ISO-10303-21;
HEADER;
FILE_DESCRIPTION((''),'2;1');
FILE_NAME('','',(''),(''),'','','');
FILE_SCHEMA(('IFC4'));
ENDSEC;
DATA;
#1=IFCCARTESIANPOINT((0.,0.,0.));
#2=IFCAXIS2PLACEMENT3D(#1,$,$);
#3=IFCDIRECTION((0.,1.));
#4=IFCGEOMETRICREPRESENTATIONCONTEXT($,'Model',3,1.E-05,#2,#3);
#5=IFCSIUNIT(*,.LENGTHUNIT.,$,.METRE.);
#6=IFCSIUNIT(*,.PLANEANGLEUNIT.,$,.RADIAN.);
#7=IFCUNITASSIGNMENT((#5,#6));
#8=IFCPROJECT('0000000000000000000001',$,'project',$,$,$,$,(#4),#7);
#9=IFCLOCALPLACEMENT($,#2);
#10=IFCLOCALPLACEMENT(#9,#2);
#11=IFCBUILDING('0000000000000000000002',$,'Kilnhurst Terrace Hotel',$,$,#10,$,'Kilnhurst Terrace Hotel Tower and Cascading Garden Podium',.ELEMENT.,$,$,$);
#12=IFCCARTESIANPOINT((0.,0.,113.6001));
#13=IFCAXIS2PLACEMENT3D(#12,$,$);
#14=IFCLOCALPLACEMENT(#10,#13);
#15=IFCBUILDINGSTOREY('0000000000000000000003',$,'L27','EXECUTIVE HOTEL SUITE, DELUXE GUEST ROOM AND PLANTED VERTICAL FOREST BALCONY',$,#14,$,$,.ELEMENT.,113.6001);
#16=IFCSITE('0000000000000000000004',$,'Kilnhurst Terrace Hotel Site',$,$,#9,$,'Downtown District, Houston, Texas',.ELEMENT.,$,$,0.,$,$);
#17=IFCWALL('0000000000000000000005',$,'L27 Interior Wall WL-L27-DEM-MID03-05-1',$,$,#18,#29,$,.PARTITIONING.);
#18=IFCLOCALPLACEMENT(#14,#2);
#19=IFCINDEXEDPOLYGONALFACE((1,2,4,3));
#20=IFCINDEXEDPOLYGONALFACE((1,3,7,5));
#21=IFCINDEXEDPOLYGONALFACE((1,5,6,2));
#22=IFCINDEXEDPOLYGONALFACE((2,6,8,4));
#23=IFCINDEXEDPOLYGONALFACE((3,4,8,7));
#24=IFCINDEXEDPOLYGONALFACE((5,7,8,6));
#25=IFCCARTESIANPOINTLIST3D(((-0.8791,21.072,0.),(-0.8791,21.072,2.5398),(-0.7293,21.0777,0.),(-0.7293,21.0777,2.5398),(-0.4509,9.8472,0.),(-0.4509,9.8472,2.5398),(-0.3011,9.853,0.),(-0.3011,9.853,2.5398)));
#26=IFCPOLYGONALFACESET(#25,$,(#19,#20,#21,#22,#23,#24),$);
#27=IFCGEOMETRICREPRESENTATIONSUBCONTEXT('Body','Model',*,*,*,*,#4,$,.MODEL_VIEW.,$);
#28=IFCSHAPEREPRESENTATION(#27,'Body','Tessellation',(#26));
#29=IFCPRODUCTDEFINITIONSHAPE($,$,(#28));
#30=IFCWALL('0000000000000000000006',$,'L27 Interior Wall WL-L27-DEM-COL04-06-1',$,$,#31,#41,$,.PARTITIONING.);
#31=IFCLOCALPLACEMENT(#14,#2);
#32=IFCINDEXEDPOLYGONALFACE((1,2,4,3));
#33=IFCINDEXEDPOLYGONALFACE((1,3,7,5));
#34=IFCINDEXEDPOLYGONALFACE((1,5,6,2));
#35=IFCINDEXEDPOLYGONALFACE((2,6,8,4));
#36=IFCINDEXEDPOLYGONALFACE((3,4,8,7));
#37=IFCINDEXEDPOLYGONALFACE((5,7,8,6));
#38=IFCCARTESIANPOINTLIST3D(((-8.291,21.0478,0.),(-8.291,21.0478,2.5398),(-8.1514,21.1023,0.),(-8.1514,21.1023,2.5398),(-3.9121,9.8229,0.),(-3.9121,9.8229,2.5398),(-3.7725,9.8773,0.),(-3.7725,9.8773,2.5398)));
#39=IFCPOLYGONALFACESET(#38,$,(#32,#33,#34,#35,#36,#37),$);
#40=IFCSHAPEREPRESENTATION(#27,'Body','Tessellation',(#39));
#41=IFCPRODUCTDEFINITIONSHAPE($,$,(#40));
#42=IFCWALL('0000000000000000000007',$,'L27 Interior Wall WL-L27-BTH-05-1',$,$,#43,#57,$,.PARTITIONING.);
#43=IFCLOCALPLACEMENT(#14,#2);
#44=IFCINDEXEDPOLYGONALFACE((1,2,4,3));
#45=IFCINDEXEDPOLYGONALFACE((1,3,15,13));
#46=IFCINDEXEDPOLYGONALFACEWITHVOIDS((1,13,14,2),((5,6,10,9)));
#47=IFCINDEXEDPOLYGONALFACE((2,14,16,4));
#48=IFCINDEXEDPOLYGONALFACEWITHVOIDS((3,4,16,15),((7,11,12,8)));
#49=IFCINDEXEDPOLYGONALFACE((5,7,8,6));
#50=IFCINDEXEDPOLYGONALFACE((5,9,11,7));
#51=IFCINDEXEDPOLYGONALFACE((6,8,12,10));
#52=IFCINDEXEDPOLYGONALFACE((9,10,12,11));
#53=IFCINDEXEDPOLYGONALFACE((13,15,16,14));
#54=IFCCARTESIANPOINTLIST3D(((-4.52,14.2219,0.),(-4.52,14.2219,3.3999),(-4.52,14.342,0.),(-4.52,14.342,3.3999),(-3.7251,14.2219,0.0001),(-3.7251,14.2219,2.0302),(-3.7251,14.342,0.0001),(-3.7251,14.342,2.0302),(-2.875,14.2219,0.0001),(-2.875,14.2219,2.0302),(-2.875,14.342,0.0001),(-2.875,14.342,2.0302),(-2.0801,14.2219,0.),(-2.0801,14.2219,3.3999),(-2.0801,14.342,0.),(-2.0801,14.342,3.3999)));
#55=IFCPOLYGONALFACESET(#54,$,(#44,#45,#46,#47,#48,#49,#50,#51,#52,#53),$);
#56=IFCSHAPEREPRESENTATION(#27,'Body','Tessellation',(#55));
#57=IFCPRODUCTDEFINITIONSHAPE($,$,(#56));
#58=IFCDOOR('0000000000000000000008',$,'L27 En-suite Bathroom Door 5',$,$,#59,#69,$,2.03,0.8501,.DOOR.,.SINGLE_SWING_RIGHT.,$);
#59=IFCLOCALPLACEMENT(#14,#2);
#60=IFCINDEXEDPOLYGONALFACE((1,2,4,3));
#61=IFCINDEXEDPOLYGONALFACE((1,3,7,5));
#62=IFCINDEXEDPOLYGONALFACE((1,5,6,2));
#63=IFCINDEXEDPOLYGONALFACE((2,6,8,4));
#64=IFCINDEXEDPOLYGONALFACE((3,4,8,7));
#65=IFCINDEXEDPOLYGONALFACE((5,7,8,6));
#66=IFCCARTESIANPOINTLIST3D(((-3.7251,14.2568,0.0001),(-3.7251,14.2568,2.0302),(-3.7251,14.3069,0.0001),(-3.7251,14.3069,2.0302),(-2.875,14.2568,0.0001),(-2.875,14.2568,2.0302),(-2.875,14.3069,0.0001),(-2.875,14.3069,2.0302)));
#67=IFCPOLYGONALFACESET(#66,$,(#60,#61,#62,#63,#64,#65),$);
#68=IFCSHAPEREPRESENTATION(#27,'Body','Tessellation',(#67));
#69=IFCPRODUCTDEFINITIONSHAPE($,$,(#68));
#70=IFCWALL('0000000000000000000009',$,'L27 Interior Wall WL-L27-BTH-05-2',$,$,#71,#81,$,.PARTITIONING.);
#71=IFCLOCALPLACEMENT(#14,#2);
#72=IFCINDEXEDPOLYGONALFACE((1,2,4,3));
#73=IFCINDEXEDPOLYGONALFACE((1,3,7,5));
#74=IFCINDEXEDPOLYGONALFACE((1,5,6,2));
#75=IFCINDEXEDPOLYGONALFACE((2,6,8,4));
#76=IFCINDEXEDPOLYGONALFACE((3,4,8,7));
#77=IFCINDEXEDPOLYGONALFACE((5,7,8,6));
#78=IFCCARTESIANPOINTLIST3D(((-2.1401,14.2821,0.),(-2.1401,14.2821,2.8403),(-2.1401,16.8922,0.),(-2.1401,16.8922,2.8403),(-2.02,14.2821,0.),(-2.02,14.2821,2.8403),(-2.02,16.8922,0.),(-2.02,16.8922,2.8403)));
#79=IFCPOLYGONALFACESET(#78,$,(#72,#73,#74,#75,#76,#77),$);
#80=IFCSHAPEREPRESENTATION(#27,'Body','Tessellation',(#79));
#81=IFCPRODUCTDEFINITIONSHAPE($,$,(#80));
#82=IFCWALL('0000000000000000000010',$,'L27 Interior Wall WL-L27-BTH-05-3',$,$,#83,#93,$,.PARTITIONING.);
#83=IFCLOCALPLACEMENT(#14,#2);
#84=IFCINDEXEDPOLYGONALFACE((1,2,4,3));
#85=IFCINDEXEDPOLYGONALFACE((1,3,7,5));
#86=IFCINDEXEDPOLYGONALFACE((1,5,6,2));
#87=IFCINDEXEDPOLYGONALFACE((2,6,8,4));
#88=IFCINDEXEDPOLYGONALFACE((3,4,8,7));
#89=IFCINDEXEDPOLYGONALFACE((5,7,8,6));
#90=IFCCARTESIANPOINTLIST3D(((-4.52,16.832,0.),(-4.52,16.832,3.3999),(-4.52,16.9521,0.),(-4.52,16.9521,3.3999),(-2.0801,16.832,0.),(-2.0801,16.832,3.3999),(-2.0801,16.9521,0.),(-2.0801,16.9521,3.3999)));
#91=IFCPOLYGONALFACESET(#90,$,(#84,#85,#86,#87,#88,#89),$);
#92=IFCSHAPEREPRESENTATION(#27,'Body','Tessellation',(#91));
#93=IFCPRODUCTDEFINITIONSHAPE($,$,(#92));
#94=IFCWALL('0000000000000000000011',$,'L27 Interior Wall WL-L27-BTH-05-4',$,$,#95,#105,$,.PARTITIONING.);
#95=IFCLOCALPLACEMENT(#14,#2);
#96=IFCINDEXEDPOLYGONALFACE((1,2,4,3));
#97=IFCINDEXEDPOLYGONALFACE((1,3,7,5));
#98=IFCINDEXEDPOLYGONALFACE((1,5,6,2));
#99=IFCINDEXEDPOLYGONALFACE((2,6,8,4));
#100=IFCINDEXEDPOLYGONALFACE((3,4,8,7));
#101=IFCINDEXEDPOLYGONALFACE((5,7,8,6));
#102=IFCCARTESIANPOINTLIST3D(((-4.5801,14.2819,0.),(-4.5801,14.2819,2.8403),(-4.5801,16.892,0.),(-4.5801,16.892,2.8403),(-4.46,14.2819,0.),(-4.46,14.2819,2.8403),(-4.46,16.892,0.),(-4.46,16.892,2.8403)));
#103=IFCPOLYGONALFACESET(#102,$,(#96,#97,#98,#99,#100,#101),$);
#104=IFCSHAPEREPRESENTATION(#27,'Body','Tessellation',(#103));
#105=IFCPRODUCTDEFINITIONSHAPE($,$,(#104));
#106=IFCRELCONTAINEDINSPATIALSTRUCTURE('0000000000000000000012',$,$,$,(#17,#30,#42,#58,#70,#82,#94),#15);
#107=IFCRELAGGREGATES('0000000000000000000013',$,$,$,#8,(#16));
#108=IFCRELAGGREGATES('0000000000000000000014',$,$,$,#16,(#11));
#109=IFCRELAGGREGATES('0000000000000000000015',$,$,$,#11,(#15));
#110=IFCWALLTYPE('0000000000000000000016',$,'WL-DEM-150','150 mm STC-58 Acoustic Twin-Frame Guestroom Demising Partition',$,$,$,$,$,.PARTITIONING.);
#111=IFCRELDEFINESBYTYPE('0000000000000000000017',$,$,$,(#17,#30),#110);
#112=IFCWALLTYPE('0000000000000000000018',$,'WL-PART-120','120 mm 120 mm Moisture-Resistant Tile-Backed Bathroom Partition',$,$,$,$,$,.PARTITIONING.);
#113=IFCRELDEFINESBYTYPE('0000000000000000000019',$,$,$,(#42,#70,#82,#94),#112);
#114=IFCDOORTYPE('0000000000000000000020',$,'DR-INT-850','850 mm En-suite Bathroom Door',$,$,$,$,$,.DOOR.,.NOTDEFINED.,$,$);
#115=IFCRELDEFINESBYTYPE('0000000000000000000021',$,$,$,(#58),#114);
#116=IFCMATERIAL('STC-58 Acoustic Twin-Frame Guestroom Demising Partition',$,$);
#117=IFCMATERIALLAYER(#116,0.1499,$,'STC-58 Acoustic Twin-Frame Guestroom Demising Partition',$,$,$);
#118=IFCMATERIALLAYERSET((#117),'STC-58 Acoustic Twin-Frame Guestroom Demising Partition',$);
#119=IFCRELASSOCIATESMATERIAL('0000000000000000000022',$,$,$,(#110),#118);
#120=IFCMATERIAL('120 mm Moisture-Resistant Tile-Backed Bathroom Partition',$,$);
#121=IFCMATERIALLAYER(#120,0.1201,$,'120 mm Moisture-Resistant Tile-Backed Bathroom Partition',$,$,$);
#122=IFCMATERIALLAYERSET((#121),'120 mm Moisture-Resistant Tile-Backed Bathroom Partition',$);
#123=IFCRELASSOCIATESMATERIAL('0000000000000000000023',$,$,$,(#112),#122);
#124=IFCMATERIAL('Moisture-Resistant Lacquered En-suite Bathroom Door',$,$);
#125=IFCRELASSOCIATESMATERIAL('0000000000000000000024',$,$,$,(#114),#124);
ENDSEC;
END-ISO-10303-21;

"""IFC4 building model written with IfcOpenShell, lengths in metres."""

from ifc_helpers import new_model, si_unit, direction, frame, frame_2d, origin, place, context, subcontext, project, spatial, rectangle, extrude, material, layer, layer_set, type_object, element, fill, save


model = new_model("IFC4")

# Units and contexts
model_context = context("Model", 3, precision=1e-05, world=origin(), true_north=direction((0.0, 1.0)))
body_context = subcontext(model_context, "Body", "Model", "MODEL_VIEW")
ifc_project = project(units=[si_unit("LENGTHUNIT", "METRE"), si_unit("PLANEANGLEUNIT", "RADIAN")], contexts=[model_context])

# Site, building, storey
site_placement = place(None, origin())
site = spatial("IfcSite", under=ifc_project, at=site_placement, Name="Kilnhurst Terrace Hotel Site", LongName="Downtown District, Houston, Texas", CompositionType="ELEMENT", RefElevation=0.0)
building_placement = place(site_placement, origin())
building = spatial("IfcBuilding", under=site, at=building_placement, Name="Kilnhurst Terrace Hotel", LongName="Kilnhurst Terrace Hotel Tower and Cascading Garden Podium", CompositionType="ELEMENT")
storey_placement = place(building_placement, frame((0.0, 0.0, 113.6001)))
storey = spatial("IfcBuildingStorey", under=building, at=storey_placement, Name="L27", Description="EXECUTIVE HOTEL SUITE, DELUXE GUEST ROOM AND PLANTED VERTICAL FOREST BALCONY", CompositionType="ELEMENT", Elevation=113.6001)

# Walls
ifc_material_1 = material(Name="STC-58 Acoustic Twin-Frame Guestroom Demising Partition")
ifc_layer_1 = layer(ifc_material_1, 0.1499, Name="STC-58 Acoustic Twin-Frame Guestroom Demising Partition")
ifc_layer_set_1 = layer_set([ifc_layer_1], Name="STC-58 Acoustic Twin-Frame Guestroom Demising Partition")
wall_type_1 = type_object("IfcWallType", Name="WL-DEM-150", Description="150 mm STC-58 Acoustic Twin-Frame Guestroom Demising Partition", PredefinedType="PARTITIONING", material=ifc_layer_set_1)
wall_1_placement = place(storey_placement, frame((-0.376, 9.8501, 0.0), z_axis=(0.0, 0.0, 1.0), x_axis=(-0.038122, 0.999273, 0.0)))
element("IfcWall", 1, at=wall_1_placement, inside=storey, type_object=wall_type_1, Name="L27 Interior Wall WL-L27-DEM-MID03-05-1", PredefinedType="PARTITIONING", context=body_context, shape_type="SweptSolid", body=[
    extrude(rectangle(XDim=11.2329, YDim=0.1499, at=frame_2d((5.6165, 0.0))), origin(), (0.0, 0.0, 1.0), 2.5398),
])
wall_2_placement = place(storey_placement, frame((-3.8423, 9.8501, 0.0), z_axis=(0.0, 0.0, 1.0), x_axis=(-0.363433, 0.93162, 0.0)))
element("IfcWall", 2, at=wall_2_placement, inside=storey, type_object=wall_type_1, Name="L27 Interior Wall WL-L27-DEM-COL04-06-1", PredefinedType="PARTITIONING", context=body_context, shape_type="SweptSolid", body=[
    extrude(rectangle(XDim=12.0488, YDim=0.1499, at=frame_2d((6.0244, 0.0))), origin(), (0.0, 0.0, 1.0), 2.5398),
])

# Wall, opening, door
ifc_material_2 = material(Name="120 mm Moisture-Resistant Tile-Backed Bathroom Partition")
ifc_layer_2 = layer(ifc_material_2, 0.1201, Name="120 mm Moisture-Resistant Tile-Backed Bathroom Partition")
ifc_layer_set_2 = layer_set([ifc_layer_2], Name="120 mm Moisture-Resistant Tile-Backed Bathroom Partition")
wall_type_2 = type_object("IfcWallType", Name="WL-PART-120", Description="120 mm 120 mm Moisture-Resistant Tile-Backed Bathroom Partition", PredefinedType="PARTITIONING", material=ifc_layer_set_2)
wall_3_placement = place(storey_placement, frame((-4.52, 14.282, 0.0), z_axis=(0.0, 0.0, 1.0), x_axis=(1.0, 0.0, 0.0)))
wall_3 = element("IfcWall", 3, at=wall_3_placement, inside=storey, type_object=wall_type_2, Name="L27 Interior Wall WL-L27-BTH-05-1", PredefinedType="PARTITIONING", context=body_context, shape_type="SweptSolid", body=[
    extrude(rectangle(XDim=2.4399, YDim=0.1201, at=frame_2d((1.22, 0.0))), origin(), (0.0, 0.0, 1.0), 3.3999),
])
opening_placement = place(wall_3_placement, frame((0.7949, 0.0, 0.0)))
opening = element("IfcOpeningElement", 4, at=opening_placement, cuts=wall_3, PredefinedType="OPENING", context=body_context, shape_type="SweptSolid", body=[
    extrude(rectangle(XDim=0.8501, YDim=2.03, at=frame_2d((0.425, 1.0151))), frame((0.0, 0.0701, 0.0), z_axis=(0.0, -1.0, 0.0), x_axis=(1.0, 0.0, 0.0)), (0.0, 0.0, 1.0), 0.1401),
])
ifc_material_3 = material(Name="Moisture-Resistant Lacquered En-suite Bathroom Door")
door_type = type_object("IfcDoorType", Name="DR-INT-850", Description="850 mm En-suite Bathroom Door", OperationType="NOTDEFINED", PredefinedType="DOOR", material=ifc_material_3)
door_placement = place(opening_placement, origin())
door = element("IfcDoor", 5, at=door_placement, inside=storey, type_object=door_type, Name="L27 En-suite Bathroom Door 5", OperationType="SINGLE_SWING_RIGHT", OverallHeight=2.03, OverallWidth=0.8501, PredefinedType="DOOR", context=body_context, shape_type="SweptSolid", body=[
    extrude(rectangle(XDim=0.8501, YDim=2.03, at=frame_2d((0.425, 1.0151))), frame((0.0, 0.0249, 0.0), z_axis=(0.0, -1.0, 0.0), x_axis=(1.0, 0.0, 0.0)), (0.0, 0.0, 1.0), 0.05),
])
fill(opening, door)

# Walls
wall_4_placement = place(storey_placement, frame((-2.0801, 14.282, 0.0), z_axis=(0.0, 0.0, 1.0), x_axis=(0.0, 1.0, 0.0)))
element("IfcWall", 6, at=wall_4_placement, inside=storey, type_object=wall_type_2, Name="L27 Interior Wall WL-L27-BTH-05-2", PredefinedType="PARTITIONING", context=body_context, shape_type="SweptSolid", body=[
    extrude(rectangle(XDim=2.6101, YDim=0.1201, at=frame_2d((1.3052, 0.0))), origin(), (0.0, 0.0, 1.0), 2.8403),
])
wall_5_placement = place(storey_placement, frame((-2.0801, 16.8921, 0.0), z_axis=(0.0, 0.0, 1.0), x_axis=(-1.0, 0.0, 0.0)))
element("IfcWall", 7, at=wall_5_placement, inside=storey, type_object=wall_type_2, Name="L27 Interior Wall WL-L27-BTH-05-3", PredefinedType="PARTITIONING", context=body_context, shape_type="SweptSolid", body=[
    extrude(rectangle(XDim=2.4399, YDim=0.1201, at=frame_2d((1.22, 0.0))), origin(), (0.0, 0.0, 1.0), 3.3999),
])
wall_6_placement = place(storey_placement, frame((-4.52, 16.8921, 0.0), z_axis=(0.0, 0.0, 1.0), x_axis=(0.0, -1.0, 0.0)))
element("IfcWall", 8, at=wall_6_placement, inside=storey, type_object=wall_type_2, Name="L27 Interior Wall WL-L27-BTH-05-4", PredefinedType="PARTITIONING", context=body_context, shape_type="SweptSolid", body=[
    extrude(rectangle(XDim=2.6101, YDim=0.1201, at=frame_2d((1.3052, 0.0))), origin(), (0.0, 0.0, 1.0), 2.8403),
])

save(model, "model.ifc")
